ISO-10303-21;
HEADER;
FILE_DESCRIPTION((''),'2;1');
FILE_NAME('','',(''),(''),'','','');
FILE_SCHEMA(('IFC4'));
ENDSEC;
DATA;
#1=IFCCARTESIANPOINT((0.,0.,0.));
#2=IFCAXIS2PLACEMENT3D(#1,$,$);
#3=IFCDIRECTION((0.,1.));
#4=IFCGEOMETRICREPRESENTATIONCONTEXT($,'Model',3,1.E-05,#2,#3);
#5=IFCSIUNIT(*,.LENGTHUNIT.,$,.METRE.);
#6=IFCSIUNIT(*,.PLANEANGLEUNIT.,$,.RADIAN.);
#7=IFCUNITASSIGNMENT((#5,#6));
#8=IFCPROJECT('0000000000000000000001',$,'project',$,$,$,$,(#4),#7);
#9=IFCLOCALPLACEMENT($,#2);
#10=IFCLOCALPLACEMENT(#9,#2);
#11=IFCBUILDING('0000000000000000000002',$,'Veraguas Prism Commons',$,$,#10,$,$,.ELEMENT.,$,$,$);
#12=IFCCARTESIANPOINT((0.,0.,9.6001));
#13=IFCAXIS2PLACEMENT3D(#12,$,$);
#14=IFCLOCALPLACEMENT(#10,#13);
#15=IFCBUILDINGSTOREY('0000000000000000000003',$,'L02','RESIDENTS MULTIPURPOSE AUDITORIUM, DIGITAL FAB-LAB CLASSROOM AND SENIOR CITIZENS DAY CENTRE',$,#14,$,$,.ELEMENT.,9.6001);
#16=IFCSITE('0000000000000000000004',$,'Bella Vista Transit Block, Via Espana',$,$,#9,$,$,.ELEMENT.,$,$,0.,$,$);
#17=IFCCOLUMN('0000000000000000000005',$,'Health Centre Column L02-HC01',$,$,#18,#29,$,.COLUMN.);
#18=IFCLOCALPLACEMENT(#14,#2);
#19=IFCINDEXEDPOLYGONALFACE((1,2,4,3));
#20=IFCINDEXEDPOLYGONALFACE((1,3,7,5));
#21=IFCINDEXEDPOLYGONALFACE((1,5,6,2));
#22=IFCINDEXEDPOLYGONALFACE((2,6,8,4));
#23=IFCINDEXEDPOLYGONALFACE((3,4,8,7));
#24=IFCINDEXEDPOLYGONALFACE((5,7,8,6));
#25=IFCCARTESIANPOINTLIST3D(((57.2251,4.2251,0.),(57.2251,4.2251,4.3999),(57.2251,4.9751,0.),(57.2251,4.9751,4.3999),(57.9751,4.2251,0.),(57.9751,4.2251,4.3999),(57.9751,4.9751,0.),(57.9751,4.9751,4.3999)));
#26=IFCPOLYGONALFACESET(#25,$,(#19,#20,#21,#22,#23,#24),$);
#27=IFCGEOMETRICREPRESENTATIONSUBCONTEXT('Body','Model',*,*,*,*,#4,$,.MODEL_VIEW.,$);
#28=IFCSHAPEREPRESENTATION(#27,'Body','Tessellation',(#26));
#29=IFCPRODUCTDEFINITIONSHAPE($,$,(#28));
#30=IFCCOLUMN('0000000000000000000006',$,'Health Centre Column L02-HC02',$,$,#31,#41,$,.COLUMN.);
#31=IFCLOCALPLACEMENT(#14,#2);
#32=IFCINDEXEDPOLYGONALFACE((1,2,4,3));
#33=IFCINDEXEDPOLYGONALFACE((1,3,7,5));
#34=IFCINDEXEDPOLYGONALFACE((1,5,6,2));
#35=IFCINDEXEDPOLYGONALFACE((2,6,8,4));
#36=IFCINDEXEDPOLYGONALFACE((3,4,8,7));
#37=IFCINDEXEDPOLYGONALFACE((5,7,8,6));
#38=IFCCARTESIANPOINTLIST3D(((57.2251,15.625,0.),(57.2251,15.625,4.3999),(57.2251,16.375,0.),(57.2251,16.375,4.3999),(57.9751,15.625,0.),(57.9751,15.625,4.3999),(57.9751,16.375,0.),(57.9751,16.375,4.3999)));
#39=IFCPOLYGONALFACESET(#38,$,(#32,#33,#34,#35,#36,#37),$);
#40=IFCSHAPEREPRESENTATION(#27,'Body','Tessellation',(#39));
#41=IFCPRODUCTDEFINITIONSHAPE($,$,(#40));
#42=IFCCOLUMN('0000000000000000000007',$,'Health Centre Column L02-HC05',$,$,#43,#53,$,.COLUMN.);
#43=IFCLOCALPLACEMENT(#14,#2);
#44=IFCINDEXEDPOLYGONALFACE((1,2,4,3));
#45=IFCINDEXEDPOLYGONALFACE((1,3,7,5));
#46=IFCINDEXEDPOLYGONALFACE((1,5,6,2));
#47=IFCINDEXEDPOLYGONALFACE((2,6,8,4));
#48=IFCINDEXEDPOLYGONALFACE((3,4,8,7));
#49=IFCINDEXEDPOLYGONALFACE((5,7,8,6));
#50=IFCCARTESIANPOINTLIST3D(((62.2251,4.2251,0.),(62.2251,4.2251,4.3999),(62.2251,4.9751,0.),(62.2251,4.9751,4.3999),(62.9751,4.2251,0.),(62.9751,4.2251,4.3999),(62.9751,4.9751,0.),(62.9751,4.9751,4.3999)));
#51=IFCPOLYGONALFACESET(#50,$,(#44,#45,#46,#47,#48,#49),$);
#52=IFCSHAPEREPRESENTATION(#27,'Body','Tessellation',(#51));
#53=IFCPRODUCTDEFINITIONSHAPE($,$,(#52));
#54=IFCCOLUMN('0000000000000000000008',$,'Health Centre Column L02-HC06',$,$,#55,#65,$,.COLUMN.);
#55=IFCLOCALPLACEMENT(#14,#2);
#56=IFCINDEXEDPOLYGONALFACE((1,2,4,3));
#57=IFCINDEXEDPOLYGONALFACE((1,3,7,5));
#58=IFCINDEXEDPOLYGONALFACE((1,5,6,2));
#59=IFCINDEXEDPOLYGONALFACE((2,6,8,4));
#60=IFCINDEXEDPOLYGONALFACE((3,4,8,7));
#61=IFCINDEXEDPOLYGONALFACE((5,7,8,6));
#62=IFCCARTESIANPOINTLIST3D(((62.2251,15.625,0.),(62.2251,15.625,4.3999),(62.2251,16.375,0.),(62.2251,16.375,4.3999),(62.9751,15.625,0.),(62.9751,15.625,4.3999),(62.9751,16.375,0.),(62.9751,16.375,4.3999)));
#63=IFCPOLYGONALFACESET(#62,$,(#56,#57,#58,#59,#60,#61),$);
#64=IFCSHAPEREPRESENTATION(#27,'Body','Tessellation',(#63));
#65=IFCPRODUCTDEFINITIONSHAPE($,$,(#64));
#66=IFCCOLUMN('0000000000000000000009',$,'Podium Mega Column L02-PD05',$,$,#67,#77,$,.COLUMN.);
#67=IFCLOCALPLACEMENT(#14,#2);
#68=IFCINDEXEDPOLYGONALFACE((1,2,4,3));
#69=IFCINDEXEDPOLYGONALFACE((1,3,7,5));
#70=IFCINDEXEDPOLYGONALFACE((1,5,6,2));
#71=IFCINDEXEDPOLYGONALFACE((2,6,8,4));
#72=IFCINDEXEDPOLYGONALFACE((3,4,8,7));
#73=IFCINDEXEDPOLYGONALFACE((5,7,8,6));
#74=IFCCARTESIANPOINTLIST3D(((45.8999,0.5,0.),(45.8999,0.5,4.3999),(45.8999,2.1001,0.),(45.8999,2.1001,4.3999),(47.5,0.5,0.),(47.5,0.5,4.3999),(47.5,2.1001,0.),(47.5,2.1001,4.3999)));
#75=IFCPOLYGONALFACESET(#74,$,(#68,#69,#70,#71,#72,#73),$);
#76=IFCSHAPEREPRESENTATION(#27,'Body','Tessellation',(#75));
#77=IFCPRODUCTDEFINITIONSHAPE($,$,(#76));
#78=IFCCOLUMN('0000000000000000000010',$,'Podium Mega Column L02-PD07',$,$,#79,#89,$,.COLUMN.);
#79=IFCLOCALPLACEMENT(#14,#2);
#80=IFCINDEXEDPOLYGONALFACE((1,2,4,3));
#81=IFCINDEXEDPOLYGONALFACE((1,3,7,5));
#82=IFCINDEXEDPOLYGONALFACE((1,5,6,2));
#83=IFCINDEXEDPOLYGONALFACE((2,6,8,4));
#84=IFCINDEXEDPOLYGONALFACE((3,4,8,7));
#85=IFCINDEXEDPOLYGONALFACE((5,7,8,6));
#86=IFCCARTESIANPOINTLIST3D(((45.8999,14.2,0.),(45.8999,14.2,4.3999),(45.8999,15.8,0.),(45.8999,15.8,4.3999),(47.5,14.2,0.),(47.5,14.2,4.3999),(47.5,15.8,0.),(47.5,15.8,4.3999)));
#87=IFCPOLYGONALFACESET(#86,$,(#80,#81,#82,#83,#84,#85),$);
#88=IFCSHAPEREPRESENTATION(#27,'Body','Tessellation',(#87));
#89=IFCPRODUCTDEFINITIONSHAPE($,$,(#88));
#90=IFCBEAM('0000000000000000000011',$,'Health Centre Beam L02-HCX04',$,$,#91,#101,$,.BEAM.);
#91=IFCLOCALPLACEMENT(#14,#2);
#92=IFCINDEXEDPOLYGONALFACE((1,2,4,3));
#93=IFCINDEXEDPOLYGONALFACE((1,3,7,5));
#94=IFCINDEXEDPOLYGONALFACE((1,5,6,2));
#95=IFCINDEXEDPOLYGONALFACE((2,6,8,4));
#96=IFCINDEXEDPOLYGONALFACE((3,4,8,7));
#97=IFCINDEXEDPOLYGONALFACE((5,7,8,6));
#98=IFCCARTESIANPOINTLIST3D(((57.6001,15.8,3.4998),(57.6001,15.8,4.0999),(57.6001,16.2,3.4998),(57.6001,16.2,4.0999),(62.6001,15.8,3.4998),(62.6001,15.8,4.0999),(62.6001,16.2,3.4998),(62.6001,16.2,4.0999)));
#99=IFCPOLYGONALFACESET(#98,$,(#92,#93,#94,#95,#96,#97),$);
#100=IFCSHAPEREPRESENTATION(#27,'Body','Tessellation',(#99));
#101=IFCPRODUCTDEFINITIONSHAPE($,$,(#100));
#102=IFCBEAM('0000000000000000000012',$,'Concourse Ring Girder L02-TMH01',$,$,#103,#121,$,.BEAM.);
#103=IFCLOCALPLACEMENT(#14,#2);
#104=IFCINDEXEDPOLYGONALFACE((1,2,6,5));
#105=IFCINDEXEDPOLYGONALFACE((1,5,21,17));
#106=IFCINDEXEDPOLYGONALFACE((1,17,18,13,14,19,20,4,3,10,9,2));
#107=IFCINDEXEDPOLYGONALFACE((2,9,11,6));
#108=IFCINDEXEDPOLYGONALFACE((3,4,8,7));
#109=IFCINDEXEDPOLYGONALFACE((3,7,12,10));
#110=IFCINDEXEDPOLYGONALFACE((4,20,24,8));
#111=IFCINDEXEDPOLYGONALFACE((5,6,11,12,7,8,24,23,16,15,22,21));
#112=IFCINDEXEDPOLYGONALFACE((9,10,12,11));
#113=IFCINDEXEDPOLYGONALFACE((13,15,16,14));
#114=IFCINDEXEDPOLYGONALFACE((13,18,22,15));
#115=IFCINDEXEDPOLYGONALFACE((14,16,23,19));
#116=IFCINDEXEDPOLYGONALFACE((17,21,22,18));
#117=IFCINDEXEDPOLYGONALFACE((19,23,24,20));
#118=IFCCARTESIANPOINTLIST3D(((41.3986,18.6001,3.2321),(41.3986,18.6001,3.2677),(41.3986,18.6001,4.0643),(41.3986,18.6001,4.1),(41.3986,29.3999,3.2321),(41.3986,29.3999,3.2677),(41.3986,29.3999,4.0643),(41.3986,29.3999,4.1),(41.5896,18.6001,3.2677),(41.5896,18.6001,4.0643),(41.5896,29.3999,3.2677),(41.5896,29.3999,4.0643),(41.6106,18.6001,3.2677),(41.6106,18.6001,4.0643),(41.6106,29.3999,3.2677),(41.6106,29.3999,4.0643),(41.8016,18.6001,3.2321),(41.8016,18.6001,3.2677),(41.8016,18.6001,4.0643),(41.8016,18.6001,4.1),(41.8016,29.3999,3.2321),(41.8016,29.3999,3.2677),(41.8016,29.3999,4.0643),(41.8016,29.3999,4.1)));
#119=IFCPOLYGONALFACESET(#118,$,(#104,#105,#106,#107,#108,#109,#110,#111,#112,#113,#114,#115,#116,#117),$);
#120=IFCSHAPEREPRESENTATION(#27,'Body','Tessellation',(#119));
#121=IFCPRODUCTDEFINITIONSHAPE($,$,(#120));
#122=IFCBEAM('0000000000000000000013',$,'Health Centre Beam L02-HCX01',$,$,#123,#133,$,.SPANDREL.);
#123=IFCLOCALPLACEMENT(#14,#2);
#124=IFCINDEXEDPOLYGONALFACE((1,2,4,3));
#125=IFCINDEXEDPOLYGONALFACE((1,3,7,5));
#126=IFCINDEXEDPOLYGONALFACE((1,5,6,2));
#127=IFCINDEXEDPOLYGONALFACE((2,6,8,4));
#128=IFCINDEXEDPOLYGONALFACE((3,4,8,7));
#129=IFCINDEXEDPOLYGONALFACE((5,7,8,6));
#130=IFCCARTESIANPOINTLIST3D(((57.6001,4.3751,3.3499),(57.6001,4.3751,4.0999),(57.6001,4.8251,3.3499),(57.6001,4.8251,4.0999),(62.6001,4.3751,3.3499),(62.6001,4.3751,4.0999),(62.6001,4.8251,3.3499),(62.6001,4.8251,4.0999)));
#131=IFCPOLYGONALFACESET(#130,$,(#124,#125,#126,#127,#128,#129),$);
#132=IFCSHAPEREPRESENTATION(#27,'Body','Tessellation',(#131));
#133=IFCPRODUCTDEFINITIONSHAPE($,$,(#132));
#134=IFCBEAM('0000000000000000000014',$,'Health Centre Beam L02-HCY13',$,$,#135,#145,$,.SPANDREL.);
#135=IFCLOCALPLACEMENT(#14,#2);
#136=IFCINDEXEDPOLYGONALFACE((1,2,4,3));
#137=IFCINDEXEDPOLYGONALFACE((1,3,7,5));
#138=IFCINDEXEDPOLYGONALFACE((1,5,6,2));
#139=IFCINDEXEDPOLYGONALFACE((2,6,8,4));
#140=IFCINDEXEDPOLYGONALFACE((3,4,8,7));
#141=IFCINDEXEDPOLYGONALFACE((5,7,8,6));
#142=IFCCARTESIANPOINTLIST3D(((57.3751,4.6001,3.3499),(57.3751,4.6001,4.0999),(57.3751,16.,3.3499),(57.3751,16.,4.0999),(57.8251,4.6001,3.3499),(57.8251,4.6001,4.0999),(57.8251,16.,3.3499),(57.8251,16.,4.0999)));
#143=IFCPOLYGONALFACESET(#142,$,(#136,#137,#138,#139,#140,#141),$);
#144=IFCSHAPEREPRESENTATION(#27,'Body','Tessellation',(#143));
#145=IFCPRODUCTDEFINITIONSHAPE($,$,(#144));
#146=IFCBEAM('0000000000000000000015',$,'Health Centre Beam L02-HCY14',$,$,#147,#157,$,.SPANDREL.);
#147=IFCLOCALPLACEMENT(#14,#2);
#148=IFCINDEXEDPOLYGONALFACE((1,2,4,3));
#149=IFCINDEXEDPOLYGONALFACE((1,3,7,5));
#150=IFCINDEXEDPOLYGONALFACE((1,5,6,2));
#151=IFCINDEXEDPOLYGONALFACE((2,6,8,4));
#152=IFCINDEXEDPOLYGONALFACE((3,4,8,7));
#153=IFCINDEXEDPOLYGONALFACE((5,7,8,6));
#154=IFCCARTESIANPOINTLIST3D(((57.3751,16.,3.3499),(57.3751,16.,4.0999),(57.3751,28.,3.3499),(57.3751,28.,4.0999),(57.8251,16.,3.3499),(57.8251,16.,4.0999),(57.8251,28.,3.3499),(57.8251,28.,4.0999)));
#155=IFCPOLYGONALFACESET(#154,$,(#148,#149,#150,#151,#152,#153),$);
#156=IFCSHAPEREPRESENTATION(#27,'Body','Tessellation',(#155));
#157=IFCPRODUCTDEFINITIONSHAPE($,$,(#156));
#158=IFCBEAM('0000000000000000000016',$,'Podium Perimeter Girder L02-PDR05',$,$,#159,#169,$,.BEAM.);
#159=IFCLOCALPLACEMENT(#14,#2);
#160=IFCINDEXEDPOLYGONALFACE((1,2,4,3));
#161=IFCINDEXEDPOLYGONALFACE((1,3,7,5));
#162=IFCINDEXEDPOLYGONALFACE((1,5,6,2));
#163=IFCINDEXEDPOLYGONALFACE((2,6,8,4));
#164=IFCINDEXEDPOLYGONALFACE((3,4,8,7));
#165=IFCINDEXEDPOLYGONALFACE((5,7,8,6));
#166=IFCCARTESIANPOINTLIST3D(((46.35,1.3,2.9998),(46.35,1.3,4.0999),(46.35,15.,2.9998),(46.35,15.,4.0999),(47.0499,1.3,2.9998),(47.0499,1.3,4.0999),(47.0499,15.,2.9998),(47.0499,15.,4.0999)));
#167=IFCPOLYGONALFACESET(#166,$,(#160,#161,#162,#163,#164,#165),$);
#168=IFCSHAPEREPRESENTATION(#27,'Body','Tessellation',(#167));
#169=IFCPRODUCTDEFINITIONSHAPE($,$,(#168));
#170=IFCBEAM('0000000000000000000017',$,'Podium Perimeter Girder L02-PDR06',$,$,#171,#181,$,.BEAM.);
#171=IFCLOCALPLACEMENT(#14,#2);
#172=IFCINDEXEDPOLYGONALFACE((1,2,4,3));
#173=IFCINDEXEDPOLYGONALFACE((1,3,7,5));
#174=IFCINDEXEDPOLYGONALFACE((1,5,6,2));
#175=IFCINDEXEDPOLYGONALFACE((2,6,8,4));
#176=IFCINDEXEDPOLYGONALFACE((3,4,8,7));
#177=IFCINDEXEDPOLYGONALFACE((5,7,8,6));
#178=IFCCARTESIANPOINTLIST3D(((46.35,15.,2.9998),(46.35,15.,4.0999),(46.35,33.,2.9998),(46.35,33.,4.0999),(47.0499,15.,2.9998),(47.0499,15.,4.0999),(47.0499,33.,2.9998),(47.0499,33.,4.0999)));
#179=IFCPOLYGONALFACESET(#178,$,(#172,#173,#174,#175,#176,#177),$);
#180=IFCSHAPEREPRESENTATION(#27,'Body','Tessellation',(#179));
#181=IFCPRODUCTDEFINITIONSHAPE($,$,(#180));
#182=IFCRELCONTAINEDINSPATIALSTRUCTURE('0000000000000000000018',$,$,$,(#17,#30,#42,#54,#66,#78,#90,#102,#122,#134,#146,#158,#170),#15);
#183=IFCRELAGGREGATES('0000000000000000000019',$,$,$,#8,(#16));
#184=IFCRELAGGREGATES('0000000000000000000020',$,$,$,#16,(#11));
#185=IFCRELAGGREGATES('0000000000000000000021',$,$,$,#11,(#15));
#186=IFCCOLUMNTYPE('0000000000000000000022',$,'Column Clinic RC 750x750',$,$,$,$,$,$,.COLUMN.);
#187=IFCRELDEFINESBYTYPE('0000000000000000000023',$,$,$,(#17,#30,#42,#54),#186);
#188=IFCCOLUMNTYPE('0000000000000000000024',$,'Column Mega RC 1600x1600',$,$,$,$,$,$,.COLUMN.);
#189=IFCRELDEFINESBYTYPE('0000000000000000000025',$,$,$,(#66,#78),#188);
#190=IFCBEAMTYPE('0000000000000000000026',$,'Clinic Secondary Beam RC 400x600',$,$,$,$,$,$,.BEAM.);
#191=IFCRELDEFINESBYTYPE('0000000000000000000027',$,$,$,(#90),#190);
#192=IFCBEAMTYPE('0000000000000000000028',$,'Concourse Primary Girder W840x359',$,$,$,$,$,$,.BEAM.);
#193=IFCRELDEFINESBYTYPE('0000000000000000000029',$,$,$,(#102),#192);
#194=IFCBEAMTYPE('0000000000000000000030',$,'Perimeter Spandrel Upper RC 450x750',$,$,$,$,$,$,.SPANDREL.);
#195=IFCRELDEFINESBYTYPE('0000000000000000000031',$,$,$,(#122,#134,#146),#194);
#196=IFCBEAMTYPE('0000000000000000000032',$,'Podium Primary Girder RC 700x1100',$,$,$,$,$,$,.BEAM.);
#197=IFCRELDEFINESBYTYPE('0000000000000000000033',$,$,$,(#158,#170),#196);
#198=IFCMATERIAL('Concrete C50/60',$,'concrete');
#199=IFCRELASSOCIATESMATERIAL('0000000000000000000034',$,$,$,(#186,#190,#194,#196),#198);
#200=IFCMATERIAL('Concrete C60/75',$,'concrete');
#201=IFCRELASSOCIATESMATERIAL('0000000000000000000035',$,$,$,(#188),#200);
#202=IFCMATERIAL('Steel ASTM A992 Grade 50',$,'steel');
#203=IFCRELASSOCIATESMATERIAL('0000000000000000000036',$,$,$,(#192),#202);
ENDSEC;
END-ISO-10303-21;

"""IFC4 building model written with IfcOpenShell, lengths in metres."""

from ifc_helpers import new_model, si_unit, direction, frame, origin, origin_2d, place, context, subcontext, project, spatial, rectangle, i_section, extrude, material, material_profile, profile_set, type_object, element, save


model = new_model("IFC4")

# Units and contexts
model_context = context("Model", 3, precision=1e-05, world=origin(), true_north=direction((0.0, 1.0)))
body_context = subcontext(model_context, "Body", "Model", "MODEL_VIEW")
ifc_project = project(units=[si_unit("LENGTHUNIT", "METRE"), si_unit("PLANEANGLEUNIT", "RADIAN")], contexts=[model_context])

# Site, building, storey
site_placement = place(None, origin())
site = spatial("IfcSite", under=ifc_project, at=site_placement, Name="Bella Vista Transit Block, Via Espana", CompositionType="ELEMENT", RefElevation=0.0)
building_placement = place(site_placement, origin())
building = spatial("IfcBuilding", under=site, at=building_placement, Name="Veraguas Prism Commons", CompositionType="ELEMENT")
storey_placement = place(building_placement, frame((0.0, 0.0, 9.6001)))
storey = spatial("IfcBuildingStorey", under=building, at=storey_placement, Name="L02", Description="RESIDENTS MULTIPURPOSE AUDITORIUM, DIGITAL FAB-LAB CLASSROOM AND SENIOR CITIZENS DAY CENTRE", CompositionType="ELEMENT", Elevation=9.6001)

# Columns
ifc_material_1 = material(Name="Concrete C50/60", Category="concrete")
ifc_material_profile_1 = material_profile(ifc_material_1, rectangle(XDim=0.75, YDim=0.75, at=origin_2d()), Name="RC750X750")
ifc_profile_set_1 = profile_set([ifc_material_profile_1], Name="Concrete C50/60")
column_type_1 = type_object("IfcColumnType", Name="Column Clinic RC 750x750", PredefinedType="COLUMN", material=ifc_profile_set_1)
for number, where, z_axis, x_axis, name in (
    (1, (57.6001, 4.6001, 0.0), (0.0, 0.0, 1.0), (1.0, 0.0, 0.0), "Health Centre Column L02-HC01"),
    (2, (57.6001, 16.0, 0.0), (0.0, 0.0, 1.0), (1.0, 0.0, 0.0), "Health Centre Column L02-HC02"),
    (3, (62.6001, 4.6001, 0.0), (0.0, 0.0, 1.0), (1.0, 0.0, 0.0), "Health Centre Column L02-HC05"),
    (4, (62.6001, 16.0, 0.0), (0.0, 0.0, 1.0), (1.0, 0.0, 0.0), "Health Centre Column L02-HC06"),
):
    element("IfcColumn", number, at=place(storey_placement, frame(where, z_axis=z_axis, x_axis=x_axis)), inside=storey, type_object=column_type_1, Name=name, PredefinedType="COLUMN", context=body_context, shape_type="SweptSolid", body=[
        extrude(rectangle(XDim=0.75, YDim=0.75, at=origin_2d()), origin(), (0.0, 0.0, 1.0), 4.3999),
    ])
ifc_material_2 = material(Name="Concrete C60/75", Category="concrete")
ifc_material_profile_2 = material_profile(ifc_material_2, rectangle(XDim=1.6001, YDim=1.6001, at=origin_2d()), Name="RC1600X1600")
ifc_profile_set_2 = profile_set([ifc_material_profile_2], Name="Concrete C60/75")
column_type_2 = type_object("IfcColumnType", Name="Column Mega RC 1600x1600", PredefinedType="COLUMN", material=ifc_profile_set_2)
for number, where, z_axis, x_axis, name in (
    (5, (46.7, 1.3, 0.0), (0.0, 0.0, 1.0), (1.0, 0.0, 0.0), "Podium Mega Column L02-PD05"),
    (6, (46.7, 15.0, 0.0), (0.0, 0.0, 1.0), (1.0, 0.0, 0.0), "Podium Mega Column L02-PD07"),
):
    element("IfcColumn", number, at=place(storey_placement, frame(where, z_axis=z_axis, x_axis=x_axis)), inside=storey, type_object=column_type_2, Name=name, PredefinedType="COLUMN", context=body_context, shape_type="SweptSolid", body=[
        extrude(rectangle(XDim=1.6001, YDim=1.6001, at=origin_2d()), origin(), (0.0, 0.0, 1.0), 4.3999),
    ])

# Beams
ifc_material_profile_3 = material_profile(ifc_material_1, rectangle(XDim=0.3999, YDim=0.6001, at=origin_2d()), Name="RC400X600")
ifc_profile_set_3 = profile_set([ifc_material_profile_3], Name="Concrete C50/60")
beam_type_1 = type_object("IfcBeamType", Name="Clinic Secondary Beam RC 400x600", PredefinedType="BEAM", material=ifc_profile_set_3)
beam_1_placement = place(storey_placement, frame((57.6001, 16.0, 3.7998), z_axis=(1.0, 0.0, 0.0), x_axis=(0.0, 1.0, 0.0)))
element("IfcBeam", 7, at=beam_1_placement, inside=storey, type_object=beam_type_1, Name="Health Centre Beam L02-HCX04", PredefinedType="BEAM", context=body_context, shape_type="SweptSolid", body=[
    extrude(rectangle(XDim=0.3999, YDim=0.6001, at=origin_2d()), origin(), (0.0, 0.0, 1.0), 5.0),
])
ifc_material_3 = material(Name="Steel ASTM A992 Grade 50", Category="steel")
ifc_material_profile_4 = material_profile(ifc_material_3, i_section(OverallWidth=0.4031, OverallDepth=0.8679, WebThickness=0.021, FlangeThickness=0.0356, at=origin_2d()), Name="W840X359")
ifc_profile_set_4 = profile_set([ifc_material_profile_4], Name="Steel ASTM A992 Grade 50")
beam_type_2 = type_object("IfcBeamType", Name="Concourse Primary Girder W840x359", PredefinedType="BEAM", material=ifc_profile_set_4)
beam_2_placement = place(storey_placement, frame((41.6001, 18.6001, 3.666), z_axis=(0.0, 1.0, 0.0), x_axis=(-1.0, 0.0, 0.0)))
element("IfcBeam", 8, at=beam_2_placement, inside=storey, type_object=beam_type_2, Name="Concourse Ring Girder L02-TMH01", PredefinedType="BEAM", context=body_context, shape_type="SweptSolid", body=[
    extrude(i_section(OverallWidth=0.4031, OverallDepth=0.8679, WebThickness=0.021, FlangeThickness=0.0356, at=origin_2d()), origin(), (0.0, 0.0, 1.0), 10.7998),
])
ifc_material_profile_5 = material_profile(ifc_material_1, rectangle(XDim=0.45, YDim=0.75, at=origin_2d()), Name="RC450X750")
ifc_profile_set_5 = profile_set([ifc_material_profile_5], Name="Concrete C50/60")
beam_type_3 = type_object("IfcBeamType", Name="Perimeter Spandrel Upper RC 450x750", PredefinedType="SPANDREL", material=ifc_profile_set_5)
beam_3_placement = place(storey_placement, frame((57.6001, 4.6001, 3.7249), z_axis=(1.0, 0.0, 0.0), x_axis=(0.0, 1.0, 0.0)))
element("IfcBeam", 9, at=beam_3_placement, inside=storey, type_object=beam_type_3, Name="Health Centre Beam L02-HCX01", PredefinedType="SPANDREL", context=body_context, shape_type="SweptSolid", body=[
    extrude(rectangle(XDim=0.45, YDim=0.75, at=origin_2d()), origin(), (0.0, 0.0, 1.0), 5.0),
])
beam_4_placement = place(storey_placement, frame((57.6001, 4.6001, 3.7249), z_axis=(0.0, 1.0, 0.0), x_axis=(-1.0, 0.0, 0.0)))
element("IfcBeam", 10, at=beam_4_placement, inside=storey, type_object=beam_type_3, Name="Health Centre Beam L02-HCY13", PredefinedType="SPANDREL", context=body_context, shape_type="SweptSolid", body=[
    extrude(rectangle(XDim=0.45, YDim=0.75, at=origin_2d()), origin(), (0.0, 0.0, 1.0), 11.3999),
])
beam_5_placement = place(storey_placement, frame((57.6001, 16.0, 3.7249), z_axis=(0.0, 1.0, 0.0), x_axis=(-1.0, 0.0, 0.0)))
element("IfcBeam", 11, at=beam_5_placement, inside=storey, type_object=beam_type_3, Name="Health Centre Beam L02-HCY14", PredefinedType="SPANDREL", context=body_context, shape_type="SweptSolid", body=[
    extrude(rectangle(XDim=0.45, YDim=0.75, at=origin_2d()), origin(), (0.0, 0.0, 1.0), 12.0),
])
ifc_material_profile_6 = material_profile(ifc_material_1, rectangle(XDim=0.7, YDim=1.1001, at=origin_2d()), Name="RC700X1100")
ifc_profile_set_6 = profile_set([ifc_material_profile_6], Name="Concrete C50/60")
beam_type_4 = type_object("IfcBeamType", Name="Podium Primary Girder RC 700x1100", PredefinedType="BEAM", material=ifc_profile_set_6)
beam_6_placement = place(storey_placement, frame((46.7, 1.3, 3.5498), z_axis=(0.0, 1.0, 0.0), x_axis=(-1.0, 0.0, 0.0)))
element("IfcBeam", 12, at=beam_6_placement, inside=storey, type_object=beam_type_4, Name="Podium Perimeter Girder L02-PDR05", PredefinedType="BEAM", context=body_context, shape_type="SweptSolid", body=[
    extrude(rectangle(XDim=0.7, YDim=1.1001, at=origin_2d()), origin(), (0.0, 0.0, 1.0), 13.7),
])
beam_7_placement = place(storey_placement, frame((46.7, 15.0, 3.5498), z_axis=(0.0, 1.0, 0.0), x_axis=(-1.0, 0.0, 0.0)))
element("IfcBeam", 13, at=beam_7_placement, inside=storey, type_object=beam_type_4, Name="Podium Perimeter Girder L02-PDR06", PredefinedType="BEAM", context=body_context, shape_type="SweptSolid", body=[
    extrude(rectangle(XDim=0.7, YDim=1.1001, at=origin_2d()), origin(), (0.0, 0.0, 1.0), 18.0),
])

save(model, "model.ifc")
